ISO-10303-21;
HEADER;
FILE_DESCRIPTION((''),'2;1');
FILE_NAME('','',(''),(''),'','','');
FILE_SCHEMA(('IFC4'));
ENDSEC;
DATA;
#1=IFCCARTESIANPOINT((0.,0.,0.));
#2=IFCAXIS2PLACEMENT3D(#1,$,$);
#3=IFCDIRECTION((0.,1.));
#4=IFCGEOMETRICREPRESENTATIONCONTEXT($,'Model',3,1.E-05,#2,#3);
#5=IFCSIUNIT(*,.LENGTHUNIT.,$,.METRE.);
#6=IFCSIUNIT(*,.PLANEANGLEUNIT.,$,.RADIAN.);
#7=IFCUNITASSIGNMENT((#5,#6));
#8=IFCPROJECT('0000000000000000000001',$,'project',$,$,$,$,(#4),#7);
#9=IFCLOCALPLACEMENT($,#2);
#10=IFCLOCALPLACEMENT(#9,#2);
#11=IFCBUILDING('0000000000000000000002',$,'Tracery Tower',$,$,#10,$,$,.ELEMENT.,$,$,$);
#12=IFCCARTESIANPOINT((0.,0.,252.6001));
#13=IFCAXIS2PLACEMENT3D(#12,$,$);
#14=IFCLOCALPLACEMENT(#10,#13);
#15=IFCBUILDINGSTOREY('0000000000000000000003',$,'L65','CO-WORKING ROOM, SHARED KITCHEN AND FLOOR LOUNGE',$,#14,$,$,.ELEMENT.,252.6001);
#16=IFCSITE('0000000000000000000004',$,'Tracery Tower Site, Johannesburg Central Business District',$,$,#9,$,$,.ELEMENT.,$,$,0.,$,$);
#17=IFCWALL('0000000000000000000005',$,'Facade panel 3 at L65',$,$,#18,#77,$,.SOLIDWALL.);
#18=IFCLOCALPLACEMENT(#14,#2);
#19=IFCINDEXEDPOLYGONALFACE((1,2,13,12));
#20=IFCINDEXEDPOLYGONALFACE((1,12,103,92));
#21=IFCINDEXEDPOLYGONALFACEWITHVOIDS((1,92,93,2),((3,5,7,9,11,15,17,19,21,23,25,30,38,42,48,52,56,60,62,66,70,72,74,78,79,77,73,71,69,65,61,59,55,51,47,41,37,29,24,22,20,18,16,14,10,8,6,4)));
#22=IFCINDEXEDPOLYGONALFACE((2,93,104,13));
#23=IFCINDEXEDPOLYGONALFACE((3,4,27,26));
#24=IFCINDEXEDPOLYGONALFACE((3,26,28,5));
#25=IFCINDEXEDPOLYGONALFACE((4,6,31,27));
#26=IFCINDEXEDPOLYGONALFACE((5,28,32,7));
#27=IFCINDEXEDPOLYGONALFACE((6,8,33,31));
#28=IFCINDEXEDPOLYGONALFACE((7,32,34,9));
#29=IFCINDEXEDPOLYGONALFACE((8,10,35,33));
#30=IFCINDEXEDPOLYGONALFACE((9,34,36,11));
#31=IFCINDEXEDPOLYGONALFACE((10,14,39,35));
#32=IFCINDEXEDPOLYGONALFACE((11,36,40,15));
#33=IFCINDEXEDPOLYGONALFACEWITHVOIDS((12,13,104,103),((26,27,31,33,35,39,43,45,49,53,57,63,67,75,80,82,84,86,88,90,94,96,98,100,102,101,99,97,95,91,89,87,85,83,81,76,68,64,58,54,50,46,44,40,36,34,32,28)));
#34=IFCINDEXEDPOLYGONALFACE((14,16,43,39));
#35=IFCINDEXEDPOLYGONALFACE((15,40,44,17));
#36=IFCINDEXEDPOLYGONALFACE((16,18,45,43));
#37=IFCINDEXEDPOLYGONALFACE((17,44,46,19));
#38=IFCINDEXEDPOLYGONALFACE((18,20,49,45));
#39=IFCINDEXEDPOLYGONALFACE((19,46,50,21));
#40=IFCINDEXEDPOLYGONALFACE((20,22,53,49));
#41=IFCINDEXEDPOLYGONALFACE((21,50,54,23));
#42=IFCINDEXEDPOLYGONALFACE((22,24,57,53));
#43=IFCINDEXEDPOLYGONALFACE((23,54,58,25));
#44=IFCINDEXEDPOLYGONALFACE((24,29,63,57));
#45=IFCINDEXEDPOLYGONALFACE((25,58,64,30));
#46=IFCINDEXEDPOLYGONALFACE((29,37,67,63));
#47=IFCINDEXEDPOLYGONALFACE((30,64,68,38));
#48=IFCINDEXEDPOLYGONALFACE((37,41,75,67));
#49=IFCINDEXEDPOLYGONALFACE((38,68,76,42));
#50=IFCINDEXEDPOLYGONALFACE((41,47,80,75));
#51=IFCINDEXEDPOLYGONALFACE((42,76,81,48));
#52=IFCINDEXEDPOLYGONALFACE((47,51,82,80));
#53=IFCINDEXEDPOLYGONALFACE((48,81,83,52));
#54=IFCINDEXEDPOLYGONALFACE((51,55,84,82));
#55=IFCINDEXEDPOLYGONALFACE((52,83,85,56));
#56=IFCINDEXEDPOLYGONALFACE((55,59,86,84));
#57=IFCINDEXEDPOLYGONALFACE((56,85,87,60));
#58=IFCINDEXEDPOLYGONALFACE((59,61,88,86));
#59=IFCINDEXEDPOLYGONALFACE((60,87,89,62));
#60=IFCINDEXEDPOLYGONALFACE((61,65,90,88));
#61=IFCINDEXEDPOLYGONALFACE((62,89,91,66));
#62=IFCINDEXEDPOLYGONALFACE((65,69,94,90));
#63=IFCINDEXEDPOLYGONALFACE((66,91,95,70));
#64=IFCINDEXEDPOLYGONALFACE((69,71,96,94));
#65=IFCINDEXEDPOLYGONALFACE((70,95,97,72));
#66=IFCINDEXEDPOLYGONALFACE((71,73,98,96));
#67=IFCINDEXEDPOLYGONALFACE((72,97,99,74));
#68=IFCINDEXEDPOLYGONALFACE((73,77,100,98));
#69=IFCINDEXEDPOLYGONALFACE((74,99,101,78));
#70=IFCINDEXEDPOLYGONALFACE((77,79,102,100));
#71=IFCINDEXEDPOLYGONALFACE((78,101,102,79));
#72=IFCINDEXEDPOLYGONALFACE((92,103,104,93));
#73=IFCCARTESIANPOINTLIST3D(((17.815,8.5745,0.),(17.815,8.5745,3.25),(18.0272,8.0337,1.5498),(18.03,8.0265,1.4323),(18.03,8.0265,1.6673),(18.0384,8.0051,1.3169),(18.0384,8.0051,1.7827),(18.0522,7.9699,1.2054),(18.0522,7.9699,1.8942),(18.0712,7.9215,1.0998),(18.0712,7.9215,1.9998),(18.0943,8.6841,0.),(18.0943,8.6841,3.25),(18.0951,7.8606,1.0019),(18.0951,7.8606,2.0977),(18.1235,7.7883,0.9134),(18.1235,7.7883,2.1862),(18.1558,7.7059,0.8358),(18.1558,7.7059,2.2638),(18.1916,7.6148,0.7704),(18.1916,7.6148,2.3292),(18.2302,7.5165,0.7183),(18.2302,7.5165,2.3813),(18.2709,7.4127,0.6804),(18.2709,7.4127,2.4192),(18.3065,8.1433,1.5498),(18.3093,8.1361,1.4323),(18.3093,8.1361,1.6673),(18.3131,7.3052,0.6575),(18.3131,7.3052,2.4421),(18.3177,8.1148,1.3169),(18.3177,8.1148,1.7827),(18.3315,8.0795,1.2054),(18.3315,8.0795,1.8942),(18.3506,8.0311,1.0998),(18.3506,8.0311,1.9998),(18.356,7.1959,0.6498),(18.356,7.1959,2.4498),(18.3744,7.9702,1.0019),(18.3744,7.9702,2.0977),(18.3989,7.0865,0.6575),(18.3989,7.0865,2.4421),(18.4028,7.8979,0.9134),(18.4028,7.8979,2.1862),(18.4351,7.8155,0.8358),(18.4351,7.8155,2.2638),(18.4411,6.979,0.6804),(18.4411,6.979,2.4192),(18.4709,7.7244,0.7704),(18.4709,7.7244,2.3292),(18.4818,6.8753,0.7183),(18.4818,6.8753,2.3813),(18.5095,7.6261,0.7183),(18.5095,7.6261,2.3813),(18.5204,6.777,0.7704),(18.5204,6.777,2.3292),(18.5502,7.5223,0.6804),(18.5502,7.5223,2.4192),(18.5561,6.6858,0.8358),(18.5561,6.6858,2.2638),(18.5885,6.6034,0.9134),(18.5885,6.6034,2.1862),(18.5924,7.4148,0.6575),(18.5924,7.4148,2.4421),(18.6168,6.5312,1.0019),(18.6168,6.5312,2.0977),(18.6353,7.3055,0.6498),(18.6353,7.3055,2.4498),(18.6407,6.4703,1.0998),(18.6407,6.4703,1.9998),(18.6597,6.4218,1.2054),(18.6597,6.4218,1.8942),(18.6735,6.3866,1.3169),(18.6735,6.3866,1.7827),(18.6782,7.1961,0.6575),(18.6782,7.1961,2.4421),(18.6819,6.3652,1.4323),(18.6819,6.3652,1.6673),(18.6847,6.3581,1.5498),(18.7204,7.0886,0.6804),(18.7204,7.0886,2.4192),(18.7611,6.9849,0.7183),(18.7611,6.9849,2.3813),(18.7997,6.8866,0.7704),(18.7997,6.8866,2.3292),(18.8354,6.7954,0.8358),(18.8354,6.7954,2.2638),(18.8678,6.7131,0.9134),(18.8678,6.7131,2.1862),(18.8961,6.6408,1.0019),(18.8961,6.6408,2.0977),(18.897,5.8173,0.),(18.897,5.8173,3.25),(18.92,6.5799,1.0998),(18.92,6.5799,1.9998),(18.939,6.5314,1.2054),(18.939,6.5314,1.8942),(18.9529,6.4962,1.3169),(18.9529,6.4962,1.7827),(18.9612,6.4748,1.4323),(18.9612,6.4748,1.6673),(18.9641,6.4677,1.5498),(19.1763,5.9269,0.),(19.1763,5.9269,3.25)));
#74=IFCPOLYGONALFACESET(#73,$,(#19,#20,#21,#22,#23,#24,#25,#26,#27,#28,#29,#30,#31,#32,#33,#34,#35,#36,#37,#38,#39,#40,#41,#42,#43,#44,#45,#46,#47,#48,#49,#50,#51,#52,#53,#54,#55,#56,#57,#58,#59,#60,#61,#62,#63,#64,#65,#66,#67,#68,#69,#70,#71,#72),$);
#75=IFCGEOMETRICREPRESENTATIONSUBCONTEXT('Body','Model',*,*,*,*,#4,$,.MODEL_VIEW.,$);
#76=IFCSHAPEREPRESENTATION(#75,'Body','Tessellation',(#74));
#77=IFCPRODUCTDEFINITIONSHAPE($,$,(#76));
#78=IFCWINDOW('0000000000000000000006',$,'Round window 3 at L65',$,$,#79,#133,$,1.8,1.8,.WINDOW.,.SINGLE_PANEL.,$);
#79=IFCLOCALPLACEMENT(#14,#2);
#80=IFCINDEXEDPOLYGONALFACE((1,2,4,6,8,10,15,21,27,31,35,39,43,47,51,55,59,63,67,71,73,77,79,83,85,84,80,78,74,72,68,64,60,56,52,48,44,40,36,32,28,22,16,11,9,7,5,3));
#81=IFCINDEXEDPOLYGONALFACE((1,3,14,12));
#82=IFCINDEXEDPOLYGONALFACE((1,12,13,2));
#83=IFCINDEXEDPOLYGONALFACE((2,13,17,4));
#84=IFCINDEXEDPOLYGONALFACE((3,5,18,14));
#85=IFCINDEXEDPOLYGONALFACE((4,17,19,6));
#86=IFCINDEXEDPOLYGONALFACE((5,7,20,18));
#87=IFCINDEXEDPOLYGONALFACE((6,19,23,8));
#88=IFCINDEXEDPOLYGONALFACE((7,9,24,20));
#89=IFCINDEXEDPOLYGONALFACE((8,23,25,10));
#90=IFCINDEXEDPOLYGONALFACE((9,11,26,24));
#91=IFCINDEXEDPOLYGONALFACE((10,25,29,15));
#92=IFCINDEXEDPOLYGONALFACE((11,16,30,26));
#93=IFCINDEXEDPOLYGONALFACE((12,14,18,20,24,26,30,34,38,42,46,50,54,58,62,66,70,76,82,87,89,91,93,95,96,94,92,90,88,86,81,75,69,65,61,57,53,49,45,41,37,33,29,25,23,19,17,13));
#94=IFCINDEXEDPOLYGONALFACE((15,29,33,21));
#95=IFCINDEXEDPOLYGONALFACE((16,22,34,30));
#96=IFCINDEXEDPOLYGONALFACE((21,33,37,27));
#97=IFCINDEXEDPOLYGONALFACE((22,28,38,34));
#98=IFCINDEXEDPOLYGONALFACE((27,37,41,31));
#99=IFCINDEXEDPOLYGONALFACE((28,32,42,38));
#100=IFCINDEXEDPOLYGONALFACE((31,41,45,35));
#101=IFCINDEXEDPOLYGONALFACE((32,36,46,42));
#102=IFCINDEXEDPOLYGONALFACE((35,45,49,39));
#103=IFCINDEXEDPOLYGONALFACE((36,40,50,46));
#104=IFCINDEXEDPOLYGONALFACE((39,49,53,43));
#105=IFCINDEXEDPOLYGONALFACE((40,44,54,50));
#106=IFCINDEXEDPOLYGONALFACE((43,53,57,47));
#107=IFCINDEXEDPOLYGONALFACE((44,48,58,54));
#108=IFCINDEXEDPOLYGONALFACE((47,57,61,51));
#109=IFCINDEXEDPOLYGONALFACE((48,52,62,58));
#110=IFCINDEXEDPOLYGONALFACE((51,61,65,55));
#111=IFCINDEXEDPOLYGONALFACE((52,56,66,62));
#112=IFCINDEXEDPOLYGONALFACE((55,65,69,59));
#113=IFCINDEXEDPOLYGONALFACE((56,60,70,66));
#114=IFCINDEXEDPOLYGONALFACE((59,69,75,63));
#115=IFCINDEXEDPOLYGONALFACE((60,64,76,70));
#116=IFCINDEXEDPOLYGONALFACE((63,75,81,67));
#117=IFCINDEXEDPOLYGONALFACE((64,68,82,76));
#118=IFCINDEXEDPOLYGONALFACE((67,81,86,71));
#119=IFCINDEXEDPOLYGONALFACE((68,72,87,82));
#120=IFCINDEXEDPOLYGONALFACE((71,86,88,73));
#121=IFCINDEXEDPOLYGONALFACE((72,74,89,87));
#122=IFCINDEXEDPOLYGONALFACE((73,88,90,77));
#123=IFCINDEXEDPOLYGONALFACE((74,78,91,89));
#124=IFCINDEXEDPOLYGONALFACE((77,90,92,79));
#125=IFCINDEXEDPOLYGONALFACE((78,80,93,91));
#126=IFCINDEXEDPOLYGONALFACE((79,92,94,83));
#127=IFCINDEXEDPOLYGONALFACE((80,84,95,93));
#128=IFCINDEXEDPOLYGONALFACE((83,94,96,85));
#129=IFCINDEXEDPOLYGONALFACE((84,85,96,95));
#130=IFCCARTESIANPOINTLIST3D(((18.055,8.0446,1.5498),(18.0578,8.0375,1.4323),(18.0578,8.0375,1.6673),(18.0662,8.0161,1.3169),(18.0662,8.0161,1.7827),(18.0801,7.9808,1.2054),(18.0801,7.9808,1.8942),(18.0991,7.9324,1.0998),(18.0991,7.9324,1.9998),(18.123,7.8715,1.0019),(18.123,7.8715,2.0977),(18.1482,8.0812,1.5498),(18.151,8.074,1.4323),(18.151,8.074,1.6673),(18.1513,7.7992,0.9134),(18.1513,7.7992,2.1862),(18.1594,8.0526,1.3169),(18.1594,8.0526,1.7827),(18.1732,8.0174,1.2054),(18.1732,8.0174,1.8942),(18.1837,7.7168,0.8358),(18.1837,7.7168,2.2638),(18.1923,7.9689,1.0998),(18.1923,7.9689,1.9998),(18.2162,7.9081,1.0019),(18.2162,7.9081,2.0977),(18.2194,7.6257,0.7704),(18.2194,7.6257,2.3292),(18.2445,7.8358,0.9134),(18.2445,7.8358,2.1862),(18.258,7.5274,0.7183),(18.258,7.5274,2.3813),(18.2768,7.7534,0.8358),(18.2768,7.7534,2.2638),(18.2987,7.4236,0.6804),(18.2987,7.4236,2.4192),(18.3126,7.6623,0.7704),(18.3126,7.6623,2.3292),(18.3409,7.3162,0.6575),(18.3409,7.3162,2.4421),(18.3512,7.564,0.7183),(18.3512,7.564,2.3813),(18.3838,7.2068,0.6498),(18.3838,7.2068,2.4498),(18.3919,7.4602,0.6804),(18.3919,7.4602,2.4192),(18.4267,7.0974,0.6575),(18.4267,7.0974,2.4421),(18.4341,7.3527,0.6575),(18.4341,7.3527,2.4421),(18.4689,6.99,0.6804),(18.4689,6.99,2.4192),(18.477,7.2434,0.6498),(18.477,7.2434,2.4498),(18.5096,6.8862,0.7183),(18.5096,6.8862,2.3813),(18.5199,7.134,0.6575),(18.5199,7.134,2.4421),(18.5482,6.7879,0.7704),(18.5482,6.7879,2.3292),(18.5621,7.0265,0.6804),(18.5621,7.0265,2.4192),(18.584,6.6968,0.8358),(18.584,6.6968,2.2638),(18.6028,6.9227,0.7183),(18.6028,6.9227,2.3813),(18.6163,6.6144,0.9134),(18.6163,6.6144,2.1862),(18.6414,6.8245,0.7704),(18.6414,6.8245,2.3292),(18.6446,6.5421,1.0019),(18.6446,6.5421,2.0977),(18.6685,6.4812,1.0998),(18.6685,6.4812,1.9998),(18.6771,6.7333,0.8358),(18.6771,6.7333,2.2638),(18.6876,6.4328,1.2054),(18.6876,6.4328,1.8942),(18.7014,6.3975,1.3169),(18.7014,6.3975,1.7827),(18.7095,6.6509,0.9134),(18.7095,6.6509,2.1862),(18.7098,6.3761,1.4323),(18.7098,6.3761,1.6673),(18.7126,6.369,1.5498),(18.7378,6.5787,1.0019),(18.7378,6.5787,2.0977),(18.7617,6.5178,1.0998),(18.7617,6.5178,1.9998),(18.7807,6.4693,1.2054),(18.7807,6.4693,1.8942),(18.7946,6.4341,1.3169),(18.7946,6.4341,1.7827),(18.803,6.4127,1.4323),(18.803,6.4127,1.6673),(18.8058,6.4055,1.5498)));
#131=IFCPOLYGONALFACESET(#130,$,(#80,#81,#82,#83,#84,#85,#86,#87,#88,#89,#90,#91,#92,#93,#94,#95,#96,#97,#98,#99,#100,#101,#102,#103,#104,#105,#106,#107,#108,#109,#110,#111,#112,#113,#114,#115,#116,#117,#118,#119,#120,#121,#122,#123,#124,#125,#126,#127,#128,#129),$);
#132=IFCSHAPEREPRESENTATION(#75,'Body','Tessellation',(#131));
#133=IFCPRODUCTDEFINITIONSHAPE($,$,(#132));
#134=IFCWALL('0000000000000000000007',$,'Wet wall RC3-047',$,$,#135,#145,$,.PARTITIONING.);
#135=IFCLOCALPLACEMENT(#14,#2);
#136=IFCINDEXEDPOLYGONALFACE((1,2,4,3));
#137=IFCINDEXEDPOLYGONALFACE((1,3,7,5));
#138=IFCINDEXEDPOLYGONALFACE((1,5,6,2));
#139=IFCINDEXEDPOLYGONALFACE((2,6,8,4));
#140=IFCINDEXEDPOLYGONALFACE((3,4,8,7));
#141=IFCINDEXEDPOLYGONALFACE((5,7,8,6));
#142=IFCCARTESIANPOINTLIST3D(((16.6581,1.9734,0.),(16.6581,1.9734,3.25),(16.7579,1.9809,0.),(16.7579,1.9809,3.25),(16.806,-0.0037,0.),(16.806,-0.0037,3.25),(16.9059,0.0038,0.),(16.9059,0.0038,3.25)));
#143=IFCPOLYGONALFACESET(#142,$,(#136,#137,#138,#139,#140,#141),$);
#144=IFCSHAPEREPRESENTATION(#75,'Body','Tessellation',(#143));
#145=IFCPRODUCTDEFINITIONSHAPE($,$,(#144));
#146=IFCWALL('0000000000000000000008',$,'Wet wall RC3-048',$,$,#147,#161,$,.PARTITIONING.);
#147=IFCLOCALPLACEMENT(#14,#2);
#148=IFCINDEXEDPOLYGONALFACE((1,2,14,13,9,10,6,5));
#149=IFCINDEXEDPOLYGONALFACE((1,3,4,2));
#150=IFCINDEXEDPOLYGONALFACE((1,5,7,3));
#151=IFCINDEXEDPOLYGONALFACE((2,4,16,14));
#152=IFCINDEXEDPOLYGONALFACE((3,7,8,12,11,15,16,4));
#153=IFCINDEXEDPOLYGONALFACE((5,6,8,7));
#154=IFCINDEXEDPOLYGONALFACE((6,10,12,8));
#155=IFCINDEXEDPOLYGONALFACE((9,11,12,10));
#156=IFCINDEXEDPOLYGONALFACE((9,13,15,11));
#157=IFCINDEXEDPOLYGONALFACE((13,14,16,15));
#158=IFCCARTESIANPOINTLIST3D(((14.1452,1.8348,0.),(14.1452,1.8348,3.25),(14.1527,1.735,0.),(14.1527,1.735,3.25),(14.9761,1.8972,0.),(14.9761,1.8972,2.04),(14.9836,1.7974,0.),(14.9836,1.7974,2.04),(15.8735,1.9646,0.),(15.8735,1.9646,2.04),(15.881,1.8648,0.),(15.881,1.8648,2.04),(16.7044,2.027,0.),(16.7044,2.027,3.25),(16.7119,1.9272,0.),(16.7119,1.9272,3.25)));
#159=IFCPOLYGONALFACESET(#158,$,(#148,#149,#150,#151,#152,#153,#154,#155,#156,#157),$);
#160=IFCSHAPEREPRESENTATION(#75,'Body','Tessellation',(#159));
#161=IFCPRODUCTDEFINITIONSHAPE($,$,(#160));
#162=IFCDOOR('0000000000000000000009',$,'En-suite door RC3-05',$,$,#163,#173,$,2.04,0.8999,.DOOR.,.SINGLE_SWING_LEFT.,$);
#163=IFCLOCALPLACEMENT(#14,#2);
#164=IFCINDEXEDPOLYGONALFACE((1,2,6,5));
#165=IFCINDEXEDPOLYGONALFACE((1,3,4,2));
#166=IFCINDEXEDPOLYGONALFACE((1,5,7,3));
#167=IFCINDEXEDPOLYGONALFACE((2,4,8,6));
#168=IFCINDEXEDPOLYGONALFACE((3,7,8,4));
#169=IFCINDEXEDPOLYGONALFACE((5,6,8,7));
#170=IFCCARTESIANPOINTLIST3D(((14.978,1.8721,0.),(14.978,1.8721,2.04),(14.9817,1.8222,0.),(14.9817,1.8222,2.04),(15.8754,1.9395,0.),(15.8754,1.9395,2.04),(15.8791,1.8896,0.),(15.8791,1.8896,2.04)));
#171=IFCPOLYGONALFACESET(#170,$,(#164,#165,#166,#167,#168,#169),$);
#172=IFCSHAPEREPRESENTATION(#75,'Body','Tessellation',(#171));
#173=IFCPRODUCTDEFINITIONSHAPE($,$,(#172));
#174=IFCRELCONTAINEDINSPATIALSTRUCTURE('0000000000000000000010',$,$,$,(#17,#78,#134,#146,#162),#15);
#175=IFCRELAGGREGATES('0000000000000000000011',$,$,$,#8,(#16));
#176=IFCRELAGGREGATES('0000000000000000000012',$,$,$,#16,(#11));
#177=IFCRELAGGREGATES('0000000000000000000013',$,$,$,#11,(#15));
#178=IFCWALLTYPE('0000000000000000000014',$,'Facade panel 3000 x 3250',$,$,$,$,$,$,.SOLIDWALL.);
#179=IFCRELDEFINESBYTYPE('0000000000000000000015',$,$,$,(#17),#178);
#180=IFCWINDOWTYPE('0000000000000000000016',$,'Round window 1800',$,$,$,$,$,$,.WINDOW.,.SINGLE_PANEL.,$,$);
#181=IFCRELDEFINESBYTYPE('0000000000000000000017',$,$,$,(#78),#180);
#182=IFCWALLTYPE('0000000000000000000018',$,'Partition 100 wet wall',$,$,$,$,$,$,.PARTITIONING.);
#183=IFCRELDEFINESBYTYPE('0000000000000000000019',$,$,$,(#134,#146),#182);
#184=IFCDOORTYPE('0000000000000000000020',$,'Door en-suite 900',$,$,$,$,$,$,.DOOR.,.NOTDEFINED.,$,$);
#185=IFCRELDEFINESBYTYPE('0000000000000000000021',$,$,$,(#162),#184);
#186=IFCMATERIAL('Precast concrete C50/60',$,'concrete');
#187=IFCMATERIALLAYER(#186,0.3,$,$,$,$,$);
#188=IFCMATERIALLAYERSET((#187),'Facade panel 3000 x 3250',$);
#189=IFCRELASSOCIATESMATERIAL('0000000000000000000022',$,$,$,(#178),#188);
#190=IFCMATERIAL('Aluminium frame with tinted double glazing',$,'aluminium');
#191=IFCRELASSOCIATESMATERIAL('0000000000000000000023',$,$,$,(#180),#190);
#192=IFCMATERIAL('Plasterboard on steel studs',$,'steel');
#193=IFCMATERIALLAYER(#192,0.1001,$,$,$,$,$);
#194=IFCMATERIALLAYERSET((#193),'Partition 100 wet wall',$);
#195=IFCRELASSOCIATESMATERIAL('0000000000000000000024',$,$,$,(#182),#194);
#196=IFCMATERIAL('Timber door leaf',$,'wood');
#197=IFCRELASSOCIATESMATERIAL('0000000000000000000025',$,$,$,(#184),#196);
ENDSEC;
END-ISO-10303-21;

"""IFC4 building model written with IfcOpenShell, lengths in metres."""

from ifc_helpers import new_model, si_unit, direction, frame, frame_2d, origin, origin_2d, place, context, subcontext, project, spatial, rectangle, circle, extrude, material, layer, layer_set, type_object, element, fill, save


model = new_model("IFC4")

# Units and contexts
model_context = context("Model", 3, precision=1e-05, world=origin(), true_north=direction((0.0, 1.0)))
body_context = subcontext(model_context, "Body", "Model", "MODEL_VIEW")
ifc_project = project(units=[si_unit("LENGTHUNIT", "METRE"), si_unit("PLANEANGLEUNIT", "RADIAN")], contexts=[model_context])

# Site, building, storey
site_placement = place(None, origin())
site = spatial("IfcSite", under=ifc_project, at=site_placement, Name="Tracery Tower Site, Johannesburg Central Business District", CompositionType="ELEMENT", RefElevation=0.0)
building_placement = place(site_placement, origin())
building = spatial("IfcBuilding", under=site, at=building_placement, Name="Tracery Tower", CompositionType="ELEMENT")
storey_placement = place(building_placement, frame((0.0, 0.0, 252.6001)))
storey = spatial("IfcBuildingStorey", under=building, at=storey_placement, Name="L65", Description="CO-WORKING ROOM, SHARED KITCHEN AND FLOOR LOUNGE", CompositionType="ELEMENT", Elevation=252.6001)

# Wall, opening, window
ifc_material_1 = material(Name="Precast concrete C50/60", Category="concrete")
ifc_layer_1 = layer(ifc_material_1, 0.3)
ifc_layer_set_1 = layer_set([ifc_layer_1], Name="Facade panel 3000 x 3250")
wall_type_1 = type_object("IfcWallType", Name="Facade panel 3000 x 3250", PredefinedType="SOLIDWALL", material=ifc_layer_set_1)
ifc_material_2 = material(Name="Aluminium frame with tinted double glazing", Category="aluminium")
window_type = type_object("IfcWindowType", Name="Round window 1800", PartitioningType="SINGLE_PANEL", PredefinedType="WINDOW", material=ifc_material_2)
wall_1_placement = place(storey_placement, frame((19.0366, 5.8721, 0.0), z_axis=(0.0, 0.0, 1.0), x_axis=(-0.3653, 0.93089, 0.0)))
wall_1 = element("IfcWall", 1, at=wall_1_placement, inside=storey, type_object=wall_type_1, Name="Facade panel 3 at L65", PredefinedType="SOLIDWALL", context=body_context, shape_type="SweptSolid", body=[
    extrude(rectangle(XDim=2.9619, YDim=0.3, at=frame_2d((1.481, 0.0))), origin(), (0.0, 0.0, 1.0), 3.25),
])
opening_1_placement = place(wall_1_placement, frame((1.481, 0.0, 1.5498)))
opening_1 = element("IfcOpeningElement", 2, at=opening_1_placement, cuts=wall_1, PredefinedType="OPENING", context=body_context, shape_type="SweptSolid", body=[
    extrude(circle(Radius=0.9, at=origin_2d()), frame((0.0, 0.1599, 0.0), z_axis=(0.0, -1.0, 0.0), x_axis=(1.0, 0.0, 0.0)), (0.0, 0.0, 1.0), 0.3201),
])
window_1_placement = place(opening_1_placement, origin())
window_1 = element("IfcWindow", 3, at=window_1_placement, inside=storey, type_object=window_type, Name="Round window 3 at L65", OverallHeight=1.8, OverallWidth=1.8, PartitioningType="SINGLE_PANEL", PredefinedType="WINDOW", context=body_context, shape_type="SweptSolid", body=[
    extrude(circle(Radius=0.9, at=origin_2d()), frame((0.0, 0.1201, 0.0), z_axis=(0.0, -1.0, 0.0), x_axis=(1.0, 0.0, 0.0)), (0.0, 0.0, 1.0), 0.1001),
])
fill(opening_1, window_1)

# Wall
ifc_material_3 = material(Name="Plasterboard on steel studs", Category="steel")
ifc_layer_2 = layer(ifc_material_3, 0.1001)
ifc_layer_set_2 = layer_set([ifc_layer_2], Name="Partition 100 wet wall")
wall_type_2 = type_object("IfcWallType", Name="Partition 100 wet wall", PredefinedType="PARTITIONING", material=ifc_layer_set_2)
wall_2_placement = place(storey_placement, frame((16.708, 1.9771, 0.0), z_axis=(0.0, 0.0, 1.0), x_axis=(0.074625, -0.997212, 0.0)))
element("IfcWall", 4, at=wall_2_placement, inside=storey, type_object=wall_type_2, Name="Wet wall RC3-047", PredefinedType="PARTITIONING", context=body_context, shape_type="SweptSolid", body=[
    extrude(rectangle(XDim=1.9827, YDim=0.1001, at=frame_2d((0.9912, 0.0))), origin(), (0.0, 0.0, 1.0), 3.25),
])

# Wall, opening, door
wall_3_placement = place(storey_placement, frame((14.1489, 1.7849, 0.0), z_axis=(0.0, 0.0, 1.0), x_axis=(0.997193, 0.07487, 0.0)))
wall_3 = element("IfcWall", 5, at=wall_3_placement, inside=storey, type_object=wall_type_2, Name="Wet wall RC3-048", PredefinedType="PARTITIONING", context=body_context, shape_type="SweptSolid", body=[
    extrude(rectangle(XDim=2.5664, YDim=0.1001, at=frame_2d((1.2832, 0.0))), origin(), (0.0, 0.0, 1.0), 3.25),
])
opening_2_placement = place(wall_3_placement, frame((0.8333, 0.0, 0.0)))
opening_2 = element("IfcOpeningElement", 6, at=opening_2_placement, cuts=wall_3, PredefinedType="OPENING", context=body_context, shape_type="SweptSolid", body=[
    extrude(rectangle(XDim=0.8999, YDim=2.04, at=frame_2d((0.45, 1.02))), frame((0.0, 0.05, 0.0), z_axis=(0.0, -1.0, 0.0), x_axis=(1.0, 0.0, 0.0)), (0.0, 0.0, 1.0), 0.1001),
])
ifc_material_4 = material(Name="Timber door leaf", Category="wood")
door_type_1 = type_object("IfcDoorType", Name="Door en-suite 900", OperationType="NOTDEFINED", PredefinedType="DOOR", material=ifc_material_4)
door_1_placement = place(opening_2_placement, origin())
door_1 = element("IfcDoor", 7, at=door_1_placement, inside=storey, type_object=door_type_1, Name="En-suite door RC3-05", OperationType="SINGLE_SWING_LEFT", OverallHeight=2.04, OverallWidth=0.8999, PredefinedType="DOOR", context=body_context, shape_type="SweptSolid", body=[
    extrude(rectangle(XDim=0.8999, YDim=2.04, at=frame_2d((0.45, 1.02))), frame((0.0, 0.0249, 0.0), z_axis=(0.0, -1.0, 0.0), x_axis=(1.0, 0.0, 0.0)), (0.0, 0.0, 1.0), 0.05),
])
fill(opening_2, door_1)

save(model, "model.ifc")
